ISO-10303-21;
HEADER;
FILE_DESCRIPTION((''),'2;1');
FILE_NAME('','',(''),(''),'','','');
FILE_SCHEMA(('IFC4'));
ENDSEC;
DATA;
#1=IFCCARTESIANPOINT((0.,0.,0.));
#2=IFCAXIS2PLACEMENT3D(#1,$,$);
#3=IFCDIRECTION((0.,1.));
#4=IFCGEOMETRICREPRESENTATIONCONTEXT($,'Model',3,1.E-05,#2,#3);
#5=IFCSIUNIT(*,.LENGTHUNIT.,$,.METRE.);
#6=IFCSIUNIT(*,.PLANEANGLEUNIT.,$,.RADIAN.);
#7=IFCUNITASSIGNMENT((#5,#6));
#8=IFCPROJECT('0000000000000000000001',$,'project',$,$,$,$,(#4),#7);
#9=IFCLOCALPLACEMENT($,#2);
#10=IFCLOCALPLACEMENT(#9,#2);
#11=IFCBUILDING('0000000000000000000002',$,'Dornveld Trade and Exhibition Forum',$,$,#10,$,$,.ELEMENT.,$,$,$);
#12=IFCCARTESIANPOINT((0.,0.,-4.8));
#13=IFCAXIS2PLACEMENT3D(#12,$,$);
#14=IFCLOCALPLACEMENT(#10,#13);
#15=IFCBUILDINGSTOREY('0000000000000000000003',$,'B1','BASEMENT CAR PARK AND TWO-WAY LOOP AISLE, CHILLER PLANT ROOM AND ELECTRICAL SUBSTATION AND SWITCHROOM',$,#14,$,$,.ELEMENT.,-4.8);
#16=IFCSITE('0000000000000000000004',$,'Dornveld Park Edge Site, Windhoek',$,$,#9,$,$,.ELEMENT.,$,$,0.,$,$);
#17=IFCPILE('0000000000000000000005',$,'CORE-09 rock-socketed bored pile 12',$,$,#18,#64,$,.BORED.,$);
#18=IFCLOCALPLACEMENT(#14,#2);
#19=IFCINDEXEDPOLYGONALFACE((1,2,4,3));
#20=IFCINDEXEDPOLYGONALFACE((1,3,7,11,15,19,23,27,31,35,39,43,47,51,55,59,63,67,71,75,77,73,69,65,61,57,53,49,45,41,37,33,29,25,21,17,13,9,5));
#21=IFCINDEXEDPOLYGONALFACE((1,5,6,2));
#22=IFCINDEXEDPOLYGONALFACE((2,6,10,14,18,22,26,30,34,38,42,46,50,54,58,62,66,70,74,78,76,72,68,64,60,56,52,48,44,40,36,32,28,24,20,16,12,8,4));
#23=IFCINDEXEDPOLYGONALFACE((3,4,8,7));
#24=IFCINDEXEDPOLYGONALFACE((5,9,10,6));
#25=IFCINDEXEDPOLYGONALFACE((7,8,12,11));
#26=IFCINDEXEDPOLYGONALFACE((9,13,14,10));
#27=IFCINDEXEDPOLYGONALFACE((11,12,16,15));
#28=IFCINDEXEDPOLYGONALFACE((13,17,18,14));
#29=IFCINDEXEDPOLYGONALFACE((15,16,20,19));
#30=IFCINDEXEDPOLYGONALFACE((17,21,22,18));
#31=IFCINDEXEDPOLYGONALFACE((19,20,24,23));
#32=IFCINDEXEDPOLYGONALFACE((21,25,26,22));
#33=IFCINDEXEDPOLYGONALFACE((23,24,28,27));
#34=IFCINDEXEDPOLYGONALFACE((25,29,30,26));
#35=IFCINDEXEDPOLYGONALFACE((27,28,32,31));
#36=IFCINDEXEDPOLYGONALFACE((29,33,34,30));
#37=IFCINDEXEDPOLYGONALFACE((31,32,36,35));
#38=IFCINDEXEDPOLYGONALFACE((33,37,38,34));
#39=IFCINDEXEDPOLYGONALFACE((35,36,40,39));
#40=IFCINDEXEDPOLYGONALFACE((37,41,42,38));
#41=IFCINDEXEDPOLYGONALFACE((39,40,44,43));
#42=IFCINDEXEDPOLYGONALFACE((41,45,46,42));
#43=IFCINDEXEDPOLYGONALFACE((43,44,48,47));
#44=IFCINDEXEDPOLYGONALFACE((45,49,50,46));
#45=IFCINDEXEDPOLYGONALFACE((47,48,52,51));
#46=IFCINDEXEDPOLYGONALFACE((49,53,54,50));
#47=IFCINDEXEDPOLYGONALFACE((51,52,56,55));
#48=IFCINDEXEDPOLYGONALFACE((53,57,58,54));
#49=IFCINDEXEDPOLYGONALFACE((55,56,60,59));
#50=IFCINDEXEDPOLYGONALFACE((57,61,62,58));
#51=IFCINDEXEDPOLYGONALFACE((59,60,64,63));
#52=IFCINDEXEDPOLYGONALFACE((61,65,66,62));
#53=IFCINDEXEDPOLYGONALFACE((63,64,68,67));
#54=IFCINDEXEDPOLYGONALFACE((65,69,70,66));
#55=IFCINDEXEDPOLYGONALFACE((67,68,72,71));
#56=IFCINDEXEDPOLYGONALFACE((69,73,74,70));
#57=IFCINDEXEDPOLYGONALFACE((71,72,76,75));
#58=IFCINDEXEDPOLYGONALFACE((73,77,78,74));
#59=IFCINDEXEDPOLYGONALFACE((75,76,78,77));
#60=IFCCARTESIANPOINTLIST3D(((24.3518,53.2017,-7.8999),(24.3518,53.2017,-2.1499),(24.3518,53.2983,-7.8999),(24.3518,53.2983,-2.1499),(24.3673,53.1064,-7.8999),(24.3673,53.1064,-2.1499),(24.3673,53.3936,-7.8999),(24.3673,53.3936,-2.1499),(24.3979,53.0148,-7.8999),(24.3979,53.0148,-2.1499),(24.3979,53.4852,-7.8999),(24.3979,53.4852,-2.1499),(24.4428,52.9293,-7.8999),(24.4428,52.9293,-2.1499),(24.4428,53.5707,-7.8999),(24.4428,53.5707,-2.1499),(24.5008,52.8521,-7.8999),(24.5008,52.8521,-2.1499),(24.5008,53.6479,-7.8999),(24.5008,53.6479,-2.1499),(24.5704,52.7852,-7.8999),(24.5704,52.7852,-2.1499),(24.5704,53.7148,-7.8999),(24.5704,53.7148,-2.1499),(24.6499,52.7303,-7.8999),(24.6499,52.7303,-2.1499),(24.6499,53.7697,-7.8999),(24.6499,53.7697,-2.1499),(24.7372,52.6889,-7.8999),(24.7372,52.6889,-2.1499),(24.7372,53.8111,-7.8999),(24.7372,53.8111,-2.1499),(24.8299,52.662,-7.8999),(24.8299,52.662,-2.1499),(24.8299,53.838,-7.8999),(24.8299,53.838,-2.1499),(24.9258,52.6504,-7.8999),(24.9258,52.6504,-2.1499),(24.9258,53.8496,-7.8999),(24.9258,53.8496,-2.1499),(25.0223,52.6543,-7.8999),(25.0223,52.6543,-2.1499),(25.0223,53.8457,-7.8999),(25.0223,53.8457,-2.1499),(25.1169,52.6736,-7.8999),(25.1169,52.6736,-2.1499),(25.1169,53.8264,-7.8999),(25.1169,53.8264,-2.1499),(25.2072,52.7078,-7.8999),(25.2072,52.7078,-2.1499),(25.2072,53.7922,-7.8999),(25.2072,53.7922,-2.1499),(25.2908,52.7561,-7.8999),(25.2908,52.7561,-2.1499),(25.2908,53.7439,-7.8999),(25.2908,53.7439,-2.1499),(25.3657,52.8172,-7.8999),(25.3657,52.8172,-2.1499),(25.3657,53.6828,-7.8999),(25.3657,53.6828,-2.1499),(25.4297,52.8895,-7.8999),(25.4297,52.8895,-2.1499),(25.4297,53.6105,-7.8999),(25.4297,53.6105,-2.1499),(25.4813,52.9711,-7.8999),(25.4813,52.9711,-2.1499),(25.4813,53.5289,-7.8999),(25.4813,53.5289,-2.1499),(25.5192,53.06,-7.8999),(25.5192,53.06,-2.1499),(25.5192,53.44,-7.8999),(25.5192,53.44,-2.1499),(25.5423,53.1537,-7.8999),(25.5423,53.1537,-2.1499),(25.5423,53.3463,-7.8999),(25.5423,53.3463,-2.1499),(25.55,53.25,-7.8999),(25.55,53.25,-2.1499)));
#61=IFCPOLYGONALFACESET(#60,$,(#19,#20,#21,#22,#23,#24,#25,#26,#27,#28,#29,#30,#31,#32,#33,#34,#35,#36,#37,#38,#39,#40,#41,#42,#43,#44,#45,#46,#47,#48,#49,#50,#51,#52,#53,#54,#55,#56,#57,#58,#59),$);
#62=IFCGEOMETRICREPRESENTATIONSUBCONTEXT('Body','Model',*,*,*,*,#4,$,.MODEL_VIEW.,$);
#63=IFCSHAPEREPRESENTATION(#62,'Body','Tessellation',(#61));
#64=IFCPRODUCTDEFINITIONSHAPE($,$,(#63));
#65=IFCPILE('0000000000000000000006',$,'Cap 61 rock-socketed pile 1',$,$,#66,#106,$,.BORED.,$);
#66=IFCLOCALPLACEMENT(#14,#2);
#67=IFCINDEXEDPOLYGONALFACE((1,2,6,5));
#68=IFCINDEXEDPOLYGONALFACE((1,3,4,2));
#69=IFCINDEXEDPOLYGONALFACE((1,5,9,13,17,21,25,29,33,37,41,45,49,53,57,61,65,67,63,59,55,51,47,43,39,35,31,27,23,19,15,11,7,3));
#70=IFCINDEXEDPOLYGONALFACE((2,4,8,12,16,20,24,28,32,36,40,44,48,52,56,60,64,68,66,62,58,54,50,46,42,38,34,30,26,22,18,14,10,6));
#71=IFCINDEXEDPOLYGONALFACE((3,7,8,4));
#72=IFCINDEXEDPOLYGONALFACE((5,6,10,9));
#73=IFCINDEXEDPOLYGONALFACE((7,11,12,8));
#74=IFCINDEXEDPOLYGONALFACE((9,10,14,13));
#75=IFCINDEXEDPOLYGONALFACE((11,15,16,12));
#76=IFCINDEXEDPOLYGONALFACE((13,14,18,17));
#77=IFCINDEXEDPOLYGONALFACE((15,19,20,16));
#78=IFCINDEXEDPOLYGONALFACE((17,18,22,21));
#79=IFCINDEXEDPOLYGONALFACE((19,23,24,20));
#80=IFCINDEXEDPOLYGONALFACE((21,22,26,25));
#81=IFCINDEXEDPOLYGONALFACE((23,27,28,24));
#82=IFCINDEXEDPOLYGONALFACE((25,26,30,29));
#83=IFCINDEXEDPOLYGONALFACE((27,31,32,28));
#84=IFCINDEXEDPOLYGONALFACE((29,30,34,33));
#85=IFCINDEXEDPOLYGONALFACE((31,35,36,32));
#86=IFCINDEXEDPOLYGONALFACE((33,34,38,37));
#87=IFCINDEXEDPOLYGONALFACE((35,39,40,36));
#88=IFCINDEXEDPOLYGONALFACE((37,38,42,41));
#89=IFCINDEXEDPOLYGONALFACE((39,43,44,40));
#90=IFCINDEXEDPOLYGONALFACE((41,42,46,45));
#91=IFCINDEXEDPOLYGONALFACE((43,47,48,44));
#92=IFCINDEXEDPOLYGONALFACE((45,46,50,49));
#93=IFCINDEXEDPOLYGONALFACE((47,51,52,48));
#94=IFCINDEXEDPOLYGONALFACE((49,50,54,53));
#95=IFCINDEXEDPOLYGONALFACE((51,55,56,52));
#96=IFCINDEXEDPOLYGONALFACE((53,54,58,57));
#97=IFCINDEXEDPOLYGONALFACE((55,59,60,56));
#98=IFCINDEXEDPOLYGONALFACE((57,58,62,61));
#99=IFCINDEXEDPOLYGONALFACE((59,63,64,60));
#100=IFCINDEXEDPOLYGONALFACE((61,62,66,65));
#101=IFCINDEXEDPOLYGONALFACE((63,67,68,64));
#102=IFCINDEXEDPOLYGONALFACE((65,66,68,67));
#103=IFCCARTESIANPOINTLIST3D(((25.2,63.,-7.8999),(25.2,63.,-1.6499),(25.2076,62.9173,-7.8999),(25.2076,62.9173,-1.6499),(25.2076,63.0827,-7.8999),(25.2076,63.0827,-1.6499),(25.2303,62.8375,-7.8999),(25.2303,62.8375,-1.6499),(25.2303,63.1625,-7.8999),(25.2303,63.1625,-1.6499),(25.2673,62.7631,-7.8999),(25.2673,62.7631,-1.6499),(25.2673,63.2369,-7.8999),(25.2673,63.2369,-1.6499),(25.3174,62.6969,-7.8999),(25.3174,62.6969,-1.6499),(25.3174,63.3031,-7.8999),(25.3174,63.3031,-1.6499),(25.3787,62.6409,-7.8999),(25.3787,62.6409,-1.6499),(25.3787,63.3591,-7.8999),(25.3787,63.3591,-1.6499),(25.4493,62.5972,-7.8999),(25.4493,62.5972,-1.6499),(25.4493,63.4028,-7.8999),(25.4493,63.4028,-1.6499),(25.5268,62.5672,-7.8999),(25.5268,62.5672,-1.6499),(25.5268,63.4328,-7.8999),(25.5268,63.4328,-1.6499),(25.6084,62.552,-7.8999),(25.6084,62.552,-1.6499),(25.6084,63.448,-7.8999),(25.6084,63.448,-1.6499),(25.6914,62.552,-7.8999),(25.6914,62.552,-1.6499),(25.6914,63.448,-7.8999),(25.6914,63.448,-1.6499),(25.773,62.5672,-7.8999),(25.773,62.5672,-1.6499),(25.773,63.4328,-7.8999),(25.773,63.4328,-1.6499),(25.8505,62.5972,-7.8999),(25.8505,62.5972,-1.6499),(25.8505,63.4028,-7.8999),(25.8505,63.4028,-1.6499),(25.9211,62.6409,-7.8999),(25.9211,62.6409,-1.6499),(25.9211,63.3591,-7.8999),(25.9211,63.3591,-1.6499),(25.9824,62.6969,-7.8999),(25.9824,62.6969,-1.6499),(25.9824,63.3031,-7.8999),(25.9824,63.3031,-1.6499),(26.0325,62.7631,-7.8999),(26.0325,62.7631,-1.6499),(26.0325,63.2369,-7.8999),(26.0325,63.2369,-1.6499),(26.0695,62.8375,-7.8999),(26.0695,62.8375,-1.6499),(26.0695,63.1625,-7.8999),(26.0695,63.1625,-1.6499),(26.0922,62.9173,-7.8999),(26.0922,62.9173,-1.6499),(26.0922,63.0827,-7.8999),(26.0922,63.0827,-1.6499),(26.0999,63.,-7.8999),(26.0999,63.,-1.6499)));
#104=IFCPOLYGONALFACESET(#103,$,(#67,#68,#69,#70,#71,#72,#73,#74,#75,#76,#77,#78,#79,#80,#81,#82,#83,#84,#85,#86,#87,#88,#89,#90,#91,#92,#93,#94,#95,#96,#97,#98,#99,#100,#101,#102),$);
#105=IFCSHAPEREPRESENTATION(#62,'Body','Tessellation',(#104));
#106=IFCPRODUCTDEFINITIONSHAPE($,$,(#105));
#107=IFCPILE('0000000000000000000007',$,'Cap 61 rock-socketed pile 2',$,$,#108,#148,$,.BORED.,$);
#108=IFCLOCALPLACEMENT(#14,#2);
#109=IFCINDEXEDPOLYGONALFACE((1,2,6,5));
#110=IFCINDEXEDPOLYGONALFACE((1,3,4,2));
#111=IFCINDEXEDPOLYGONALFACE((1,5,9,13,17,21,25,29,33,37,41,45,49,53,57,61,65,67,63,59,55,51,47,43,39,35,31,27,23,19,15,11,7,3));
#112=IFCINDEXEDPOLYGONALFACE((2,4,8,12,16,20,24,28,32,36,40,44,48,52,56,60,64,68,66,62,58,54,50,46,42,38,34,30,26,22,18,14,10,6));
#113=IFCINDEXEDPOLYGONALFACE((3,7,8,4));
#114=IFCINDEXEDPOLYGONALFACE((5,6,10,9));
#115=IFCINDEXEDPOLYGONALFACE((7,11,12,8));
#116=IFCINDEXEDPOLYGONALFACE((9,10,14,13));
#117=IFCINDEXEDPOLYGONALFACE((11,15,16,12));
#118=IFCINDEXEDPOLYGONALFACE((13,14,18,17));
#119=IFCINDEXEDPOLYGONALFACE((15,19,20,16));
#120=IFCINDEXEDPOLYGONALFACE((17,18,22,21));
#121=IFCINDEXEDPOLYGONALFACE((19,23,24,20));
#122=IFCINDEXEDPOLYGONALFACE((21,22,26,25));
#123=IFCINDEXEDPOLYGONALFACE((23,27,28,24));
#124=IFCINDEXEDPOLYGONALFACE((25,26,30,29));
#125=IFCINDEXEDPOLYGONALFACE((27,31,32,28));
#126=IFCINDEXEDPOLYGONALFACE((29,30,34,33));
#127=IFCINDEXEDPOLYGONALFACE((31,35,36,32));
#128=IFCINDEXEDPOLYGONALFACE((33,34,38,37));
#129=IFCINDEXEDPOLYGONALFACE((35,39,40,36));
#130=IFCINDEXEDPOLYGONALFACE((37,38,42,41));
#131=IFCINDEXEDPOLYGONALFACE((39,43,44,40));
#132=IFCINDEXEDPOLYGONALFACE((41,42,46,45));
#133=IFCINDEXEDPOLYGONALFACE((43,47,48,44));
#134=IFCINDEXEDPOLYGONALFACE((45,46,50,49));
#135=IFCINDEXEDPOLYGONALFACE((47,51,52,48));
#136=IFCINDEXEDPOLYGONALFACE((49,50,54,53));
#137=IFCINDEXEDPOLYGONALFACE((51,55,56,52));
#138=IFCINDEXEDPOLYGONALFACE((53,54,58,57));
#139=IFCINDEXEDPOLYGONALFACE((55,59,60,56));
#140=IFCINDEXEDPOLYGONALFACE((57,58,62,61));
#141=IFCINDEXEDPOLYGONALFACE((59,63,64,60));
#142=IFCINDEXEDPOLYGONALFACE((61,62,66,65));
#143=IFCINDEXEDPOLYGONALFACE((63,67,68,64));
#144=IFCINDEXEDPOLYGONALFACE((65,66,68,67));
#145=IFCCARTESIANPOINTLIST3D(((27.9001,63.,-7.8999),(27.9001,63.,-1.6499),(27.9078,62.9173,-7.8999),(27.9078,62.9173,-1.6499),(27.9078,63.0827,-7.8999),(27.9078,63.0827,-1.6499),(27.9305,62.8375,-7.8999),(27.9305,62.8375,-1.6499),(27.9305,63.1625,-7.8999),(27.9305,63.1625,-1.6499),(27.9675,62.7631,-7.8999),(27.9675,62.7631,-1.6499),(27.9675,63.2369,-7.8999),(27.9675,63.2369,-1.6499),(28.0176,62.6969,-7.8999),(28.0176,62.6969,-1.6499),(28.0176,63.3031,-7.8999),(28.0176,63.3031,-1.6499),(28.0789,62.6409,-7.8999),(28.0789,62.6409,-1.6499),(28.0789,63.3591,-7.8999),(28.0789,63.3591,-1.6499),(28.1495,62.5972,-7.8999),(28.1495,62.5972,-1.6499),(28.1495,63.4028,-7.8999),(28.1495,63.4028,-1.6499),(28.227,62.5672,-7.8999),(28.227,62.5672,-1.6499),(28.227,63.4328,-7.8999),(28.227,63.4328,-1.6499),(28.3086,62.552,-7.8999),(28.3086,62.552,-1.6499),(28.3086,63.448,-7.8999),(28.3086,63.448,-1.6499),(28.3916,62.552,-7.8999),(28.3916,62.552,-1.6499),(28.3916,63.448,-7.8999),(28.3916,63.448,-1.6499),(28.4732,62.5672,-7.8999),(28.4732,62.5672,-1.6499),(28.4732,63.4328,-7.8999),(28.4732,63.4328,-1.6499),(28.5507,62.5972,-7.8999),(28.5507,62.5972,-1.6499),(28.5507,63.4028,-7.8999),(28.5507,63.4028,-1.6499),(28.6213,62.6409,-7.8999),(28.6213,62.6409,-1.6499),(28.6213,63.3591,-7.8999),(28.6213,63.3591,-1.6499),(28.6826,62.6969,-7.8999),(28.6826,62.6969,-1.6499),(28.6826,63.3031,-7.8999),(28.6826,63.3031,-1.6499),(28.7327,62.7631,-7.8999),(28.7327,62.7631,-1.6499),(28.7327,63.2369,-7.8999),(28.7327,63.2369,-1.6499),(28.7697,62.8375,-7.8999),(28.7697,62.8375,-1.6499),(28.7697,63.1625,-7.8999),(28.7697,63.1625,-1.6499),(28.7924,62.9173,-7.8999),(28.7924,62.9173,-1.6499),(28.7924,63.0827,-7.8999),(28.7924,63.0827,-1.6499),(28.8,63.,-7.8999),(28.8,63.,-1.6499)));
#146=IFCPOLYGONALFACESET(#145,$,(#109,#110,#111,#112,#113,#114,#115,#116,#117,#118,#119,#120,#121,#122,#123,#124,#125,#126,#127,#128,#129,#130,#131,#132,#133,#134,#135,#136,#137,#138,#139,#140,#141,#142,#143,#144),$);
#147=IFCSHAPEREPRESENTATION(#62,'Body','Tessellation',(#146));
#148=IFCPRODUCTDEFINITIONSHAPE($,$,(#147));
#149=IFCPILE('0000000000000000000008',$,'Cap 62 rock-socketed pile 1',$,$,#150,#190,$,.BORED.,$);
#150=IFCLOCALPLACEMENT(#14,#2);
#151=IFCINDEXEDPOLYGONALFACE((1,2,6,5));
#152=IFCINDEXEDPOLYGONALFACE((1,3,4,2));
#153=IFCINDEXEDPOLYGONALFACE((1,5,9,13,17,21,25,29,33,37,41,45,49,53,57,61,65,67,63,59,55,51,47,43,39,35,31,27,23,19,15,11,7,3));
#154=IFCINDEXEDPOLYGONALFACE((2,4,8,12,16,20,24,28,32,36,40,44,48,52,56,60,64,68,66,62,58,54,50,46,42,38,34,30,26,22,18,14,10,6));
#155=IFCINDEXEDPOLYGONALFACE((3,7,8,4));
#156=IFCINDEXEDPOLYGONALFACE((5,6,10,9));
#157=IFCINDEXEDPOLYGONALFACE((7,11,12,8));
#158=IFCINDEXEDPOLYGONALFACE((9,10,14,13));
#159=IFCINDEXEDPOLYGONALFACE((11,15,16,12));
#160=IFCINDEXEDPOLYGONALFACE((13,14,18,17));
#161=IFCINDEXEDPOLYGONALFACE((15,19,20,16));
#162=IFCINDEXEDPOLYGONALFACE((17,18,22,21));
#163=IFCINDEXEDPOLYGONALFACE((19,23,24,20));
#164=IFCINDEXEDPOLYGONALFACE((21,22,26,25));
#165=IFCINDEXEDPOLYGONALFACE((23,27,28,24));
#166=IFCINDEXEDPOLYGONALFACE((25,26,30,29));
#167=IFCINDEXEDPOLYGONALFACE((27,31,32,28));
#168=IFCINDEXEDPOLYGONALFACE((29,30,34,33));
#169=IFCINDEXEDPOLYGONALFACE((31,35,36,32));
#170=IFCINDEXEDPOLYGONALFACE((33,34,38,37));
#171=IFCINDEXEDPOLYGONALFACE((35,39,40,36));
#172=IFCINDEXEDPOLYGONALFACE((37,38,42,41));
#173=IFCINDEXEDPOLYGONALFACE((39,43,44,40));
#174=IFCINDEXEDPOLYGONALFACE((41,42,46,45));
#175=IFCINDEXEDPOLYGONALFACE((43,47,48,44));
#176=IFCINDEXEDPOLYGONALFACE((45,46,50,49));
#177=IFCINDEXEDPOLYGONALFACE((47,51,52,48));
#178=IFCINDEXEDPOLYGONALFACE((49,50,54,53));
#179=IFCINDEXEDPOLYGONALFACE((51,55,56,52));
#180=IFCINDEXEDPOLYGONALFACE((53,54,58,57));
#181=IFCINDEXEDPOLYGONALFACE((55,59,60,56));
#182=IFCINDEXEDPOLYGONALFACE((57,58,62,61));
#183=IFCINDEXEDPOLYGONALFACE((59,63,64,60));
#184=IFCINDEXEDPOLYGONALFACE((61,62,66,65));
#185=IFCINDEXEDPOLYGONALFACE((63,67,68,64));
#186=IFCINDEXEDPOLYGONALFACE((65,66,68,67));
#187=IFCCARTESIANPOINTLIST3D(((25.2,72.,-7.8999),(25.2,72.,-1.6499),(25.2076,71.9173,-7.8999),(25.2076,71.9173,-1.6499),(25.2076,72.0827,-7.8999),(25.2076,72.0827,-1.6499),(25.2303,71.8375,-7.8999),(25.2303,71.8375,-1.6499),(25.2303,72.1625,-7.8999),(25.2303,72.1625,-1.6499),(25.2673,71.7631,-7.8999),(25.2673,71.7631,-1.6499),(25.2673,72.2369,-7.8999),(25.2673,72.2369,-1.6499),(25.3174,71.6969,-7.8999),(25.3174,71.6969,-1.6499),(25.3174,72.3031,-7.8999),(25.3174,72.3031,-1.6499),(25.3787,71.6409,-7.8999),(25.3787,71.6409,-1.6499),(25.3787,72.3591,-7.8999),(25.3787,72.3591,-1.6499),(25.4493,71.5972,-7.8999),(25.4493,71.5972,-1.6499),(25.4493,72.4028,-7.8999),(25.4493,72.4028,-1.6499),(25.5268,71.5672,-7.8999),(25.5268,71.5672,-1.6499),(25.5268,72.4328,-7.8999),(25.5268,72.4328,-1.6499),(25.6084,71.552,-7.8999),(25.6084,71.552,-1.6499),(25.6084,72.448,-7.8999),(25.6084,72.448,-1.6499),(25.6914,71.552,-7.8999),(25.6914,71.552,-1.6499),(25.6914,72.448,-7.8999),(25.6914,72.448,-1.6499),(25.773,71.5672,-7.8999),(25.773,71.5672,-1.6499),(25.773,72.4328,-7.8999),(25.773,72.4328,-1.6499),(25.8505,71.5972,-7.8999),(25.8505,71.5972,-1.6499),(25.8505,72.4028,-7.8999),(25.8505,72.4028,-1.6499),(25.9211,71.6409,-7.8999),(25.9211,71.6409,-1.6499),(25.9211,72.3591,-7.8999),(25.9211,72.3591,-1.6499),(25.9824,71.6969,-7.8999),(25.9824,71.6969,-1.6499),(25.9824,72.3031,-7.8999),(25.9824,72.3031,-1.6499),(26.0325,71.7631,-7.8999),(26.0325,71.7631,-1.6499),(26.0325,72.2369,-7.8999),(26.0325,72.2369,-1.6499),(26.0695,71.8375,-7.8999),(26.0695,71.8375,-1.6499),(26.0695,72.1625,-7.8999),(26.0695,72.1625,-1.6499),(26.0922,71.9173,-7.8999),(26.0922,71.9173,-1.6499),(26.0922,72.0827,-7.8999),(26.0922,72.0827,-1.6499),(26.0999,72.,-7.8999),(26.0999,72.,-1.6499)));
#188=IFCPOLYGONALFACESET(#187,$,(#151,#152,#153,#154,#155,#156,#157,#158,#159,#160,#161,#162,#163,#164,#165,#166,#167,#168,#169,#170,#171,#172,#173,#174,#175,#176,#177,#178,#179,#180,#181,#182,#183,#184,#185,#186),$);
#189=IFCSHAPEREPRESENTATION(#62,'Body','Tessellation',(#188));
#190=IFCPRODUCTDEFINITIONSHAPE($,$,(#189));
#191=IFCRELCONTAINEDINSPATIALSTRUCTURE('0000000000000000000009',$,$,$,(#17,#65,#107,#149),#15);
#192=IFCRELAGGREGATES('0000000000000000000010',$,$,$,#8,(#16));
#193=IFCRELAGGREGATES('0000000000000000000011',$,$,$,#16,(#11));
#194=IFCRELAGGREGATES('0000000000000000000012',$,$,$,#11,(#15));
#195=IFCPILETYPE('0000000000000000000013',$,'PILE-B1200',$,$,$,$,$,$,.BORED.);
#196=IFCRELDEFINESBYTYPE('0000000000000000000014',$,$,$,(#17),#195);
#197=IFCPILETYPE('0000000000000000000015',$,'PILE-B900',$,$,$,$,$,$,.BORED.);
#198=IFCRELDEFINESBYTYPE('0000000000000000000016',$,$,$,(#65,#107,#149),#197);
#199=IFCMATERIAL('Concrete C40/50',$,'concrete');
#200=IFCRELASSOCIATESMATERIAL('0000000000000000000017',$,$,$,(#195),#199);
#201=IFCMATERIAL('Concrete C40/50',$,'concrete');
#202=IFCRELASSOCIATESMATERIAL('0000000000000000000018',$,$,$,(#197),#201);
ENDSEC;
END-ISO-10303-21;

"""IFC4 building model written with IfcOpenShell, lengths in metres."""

from ifc_helpers import new_model, si_unit, direction, frame, origin, origin_2d, place, context, subcontext, project, spatial, circle, extrude, material, material_profile, profile_set, type_object, element, save


model = new_model("IFC4")

# Units and contexts
model_context = context("Model", 3, precision=1e-05, world=origin(), true_north=direction((0.0, 1.0)))
body_context = subcontext(model_context, "Body", "Model", "MODEL_VIEW")
ifc_project = project(units=[si_unit("LENGTHUNIT", "METRE"), si_unit("PLANEANGLEUNIT", "RADIAN")], contexts=[model_context])

# Site, building, storey
site_placement = place(None, origin())
site = spatial("IfcSite", under=ifc_project, at=site_placement, Name="Dornveld Park Edge Site, Windhoek", CompositionType="ELEMENT", RefElevation=0.0)
building_placement = place(site_placement, origin())
building = spatial("IfcBuilding", under=site, at=building_placement, Name="Dornveld Trade and Exhibition Forum", CompositionType="ELEMENT")
storey_placement = place(building_placement, frame((0.0, 0.0, -4.8)))
storey = spatial("IfcBuildingStorey", under=building, at=storey_placement, Name="B1", Description="BASEMENT CAR PARK AND TWO-WAY LOOP AISLE, CHILLER PLANT ROOM AND ELECTRICAL SUBSTATION AND SWITCHROOM", CompositionType="ELEMENT", Elevation=-4.8)

# Piles
ifc_material_1 = material(Name="Concrete C40/50", Category="concrete")
ifc_material_profile_1 = material_profile(ifc_material_1, circle(Radius=0.6001, at=origin_2d()), Name="PILE D1200")
ifc_profile_set_1 = profile_set([ifc_material_profile_1], Name="Concrete C40/50")
pile_type_1 = type_object("IfcPileType", Name="PILE-B1200", PredefinedType="BORED", material=ifc_profile_set_1)
for number, where, z_axis, x_axis, name in (
    (1, (24.95, 53.25, -2.1499), (0.0, 0.0, -1.0), (1.0, 0.0, 0.0), "CORE-09 rock-socketed bored pile 12"),
):
    element("IfcPile", number, at=place(storey_placement, frame(where, z_axis=z_axis, x_axis=x_axis)), inside=storey, type_object=pile_type_1, Name=name, PredefinedType="BORED", context=body_context, shape_type="SweptSolid", body=[
        extrude(circle(Radius=0.6001, at=origin_2d()), origin(), (0.0, 0.0, 1.0), 5.75),
    ])
ifc_material_2 = material(Name="Concrete C40/50", Category="concrete")
ifc_material_profile_2 = material_profile(ifc_material_2, circle(Radius=0.45, at=origin_2d()), Name="PILE D900")
ifc_profile_set_2 = profile_set([ifc_material_profile_2], Name="Concrete C40/50")
pile_type_2 = type_object("IfcPileType", Name="PILE-B900", PredefinedType="BORED", material=ifc_profile_set_2)
for number, where, z_axis, x_axis, name in (
    (2, (25.6499, 63.0, -1.6499), (0.0, 0.0, -1.0), (1.0, 0.0, 0.0), "Cap 61 rock-socketed pile 1"),
    (3, (28.3501, 63.0, -1.6499), (0.0, 0.0, -1.0), (1.0, 0.0, 0.0), "Cap 61 rock-socketed pile 2"),
    (4, (25.6499, 72.0, -1.6499), (0.0, 0.0, -1.0), (1.0, 0.0, 0.0), "Cap 62 rock-socketed pile 1"),
):
    element("IfcPile", number, at=place(storey_placement, frame(where, z_axis=z_axis, x_axis=x_axis)), inside=storey, type_object=pile_type_2, Name=name, PredefinedType="BORED", context=body_context, shape_type="SweptSolid", body=[
        extrude(circle(Radius=0.45, at=origin_2d()), origin(), (0.0, 0.0, 1.0), 6.25),
    ])

save(model, "model.ifc")
